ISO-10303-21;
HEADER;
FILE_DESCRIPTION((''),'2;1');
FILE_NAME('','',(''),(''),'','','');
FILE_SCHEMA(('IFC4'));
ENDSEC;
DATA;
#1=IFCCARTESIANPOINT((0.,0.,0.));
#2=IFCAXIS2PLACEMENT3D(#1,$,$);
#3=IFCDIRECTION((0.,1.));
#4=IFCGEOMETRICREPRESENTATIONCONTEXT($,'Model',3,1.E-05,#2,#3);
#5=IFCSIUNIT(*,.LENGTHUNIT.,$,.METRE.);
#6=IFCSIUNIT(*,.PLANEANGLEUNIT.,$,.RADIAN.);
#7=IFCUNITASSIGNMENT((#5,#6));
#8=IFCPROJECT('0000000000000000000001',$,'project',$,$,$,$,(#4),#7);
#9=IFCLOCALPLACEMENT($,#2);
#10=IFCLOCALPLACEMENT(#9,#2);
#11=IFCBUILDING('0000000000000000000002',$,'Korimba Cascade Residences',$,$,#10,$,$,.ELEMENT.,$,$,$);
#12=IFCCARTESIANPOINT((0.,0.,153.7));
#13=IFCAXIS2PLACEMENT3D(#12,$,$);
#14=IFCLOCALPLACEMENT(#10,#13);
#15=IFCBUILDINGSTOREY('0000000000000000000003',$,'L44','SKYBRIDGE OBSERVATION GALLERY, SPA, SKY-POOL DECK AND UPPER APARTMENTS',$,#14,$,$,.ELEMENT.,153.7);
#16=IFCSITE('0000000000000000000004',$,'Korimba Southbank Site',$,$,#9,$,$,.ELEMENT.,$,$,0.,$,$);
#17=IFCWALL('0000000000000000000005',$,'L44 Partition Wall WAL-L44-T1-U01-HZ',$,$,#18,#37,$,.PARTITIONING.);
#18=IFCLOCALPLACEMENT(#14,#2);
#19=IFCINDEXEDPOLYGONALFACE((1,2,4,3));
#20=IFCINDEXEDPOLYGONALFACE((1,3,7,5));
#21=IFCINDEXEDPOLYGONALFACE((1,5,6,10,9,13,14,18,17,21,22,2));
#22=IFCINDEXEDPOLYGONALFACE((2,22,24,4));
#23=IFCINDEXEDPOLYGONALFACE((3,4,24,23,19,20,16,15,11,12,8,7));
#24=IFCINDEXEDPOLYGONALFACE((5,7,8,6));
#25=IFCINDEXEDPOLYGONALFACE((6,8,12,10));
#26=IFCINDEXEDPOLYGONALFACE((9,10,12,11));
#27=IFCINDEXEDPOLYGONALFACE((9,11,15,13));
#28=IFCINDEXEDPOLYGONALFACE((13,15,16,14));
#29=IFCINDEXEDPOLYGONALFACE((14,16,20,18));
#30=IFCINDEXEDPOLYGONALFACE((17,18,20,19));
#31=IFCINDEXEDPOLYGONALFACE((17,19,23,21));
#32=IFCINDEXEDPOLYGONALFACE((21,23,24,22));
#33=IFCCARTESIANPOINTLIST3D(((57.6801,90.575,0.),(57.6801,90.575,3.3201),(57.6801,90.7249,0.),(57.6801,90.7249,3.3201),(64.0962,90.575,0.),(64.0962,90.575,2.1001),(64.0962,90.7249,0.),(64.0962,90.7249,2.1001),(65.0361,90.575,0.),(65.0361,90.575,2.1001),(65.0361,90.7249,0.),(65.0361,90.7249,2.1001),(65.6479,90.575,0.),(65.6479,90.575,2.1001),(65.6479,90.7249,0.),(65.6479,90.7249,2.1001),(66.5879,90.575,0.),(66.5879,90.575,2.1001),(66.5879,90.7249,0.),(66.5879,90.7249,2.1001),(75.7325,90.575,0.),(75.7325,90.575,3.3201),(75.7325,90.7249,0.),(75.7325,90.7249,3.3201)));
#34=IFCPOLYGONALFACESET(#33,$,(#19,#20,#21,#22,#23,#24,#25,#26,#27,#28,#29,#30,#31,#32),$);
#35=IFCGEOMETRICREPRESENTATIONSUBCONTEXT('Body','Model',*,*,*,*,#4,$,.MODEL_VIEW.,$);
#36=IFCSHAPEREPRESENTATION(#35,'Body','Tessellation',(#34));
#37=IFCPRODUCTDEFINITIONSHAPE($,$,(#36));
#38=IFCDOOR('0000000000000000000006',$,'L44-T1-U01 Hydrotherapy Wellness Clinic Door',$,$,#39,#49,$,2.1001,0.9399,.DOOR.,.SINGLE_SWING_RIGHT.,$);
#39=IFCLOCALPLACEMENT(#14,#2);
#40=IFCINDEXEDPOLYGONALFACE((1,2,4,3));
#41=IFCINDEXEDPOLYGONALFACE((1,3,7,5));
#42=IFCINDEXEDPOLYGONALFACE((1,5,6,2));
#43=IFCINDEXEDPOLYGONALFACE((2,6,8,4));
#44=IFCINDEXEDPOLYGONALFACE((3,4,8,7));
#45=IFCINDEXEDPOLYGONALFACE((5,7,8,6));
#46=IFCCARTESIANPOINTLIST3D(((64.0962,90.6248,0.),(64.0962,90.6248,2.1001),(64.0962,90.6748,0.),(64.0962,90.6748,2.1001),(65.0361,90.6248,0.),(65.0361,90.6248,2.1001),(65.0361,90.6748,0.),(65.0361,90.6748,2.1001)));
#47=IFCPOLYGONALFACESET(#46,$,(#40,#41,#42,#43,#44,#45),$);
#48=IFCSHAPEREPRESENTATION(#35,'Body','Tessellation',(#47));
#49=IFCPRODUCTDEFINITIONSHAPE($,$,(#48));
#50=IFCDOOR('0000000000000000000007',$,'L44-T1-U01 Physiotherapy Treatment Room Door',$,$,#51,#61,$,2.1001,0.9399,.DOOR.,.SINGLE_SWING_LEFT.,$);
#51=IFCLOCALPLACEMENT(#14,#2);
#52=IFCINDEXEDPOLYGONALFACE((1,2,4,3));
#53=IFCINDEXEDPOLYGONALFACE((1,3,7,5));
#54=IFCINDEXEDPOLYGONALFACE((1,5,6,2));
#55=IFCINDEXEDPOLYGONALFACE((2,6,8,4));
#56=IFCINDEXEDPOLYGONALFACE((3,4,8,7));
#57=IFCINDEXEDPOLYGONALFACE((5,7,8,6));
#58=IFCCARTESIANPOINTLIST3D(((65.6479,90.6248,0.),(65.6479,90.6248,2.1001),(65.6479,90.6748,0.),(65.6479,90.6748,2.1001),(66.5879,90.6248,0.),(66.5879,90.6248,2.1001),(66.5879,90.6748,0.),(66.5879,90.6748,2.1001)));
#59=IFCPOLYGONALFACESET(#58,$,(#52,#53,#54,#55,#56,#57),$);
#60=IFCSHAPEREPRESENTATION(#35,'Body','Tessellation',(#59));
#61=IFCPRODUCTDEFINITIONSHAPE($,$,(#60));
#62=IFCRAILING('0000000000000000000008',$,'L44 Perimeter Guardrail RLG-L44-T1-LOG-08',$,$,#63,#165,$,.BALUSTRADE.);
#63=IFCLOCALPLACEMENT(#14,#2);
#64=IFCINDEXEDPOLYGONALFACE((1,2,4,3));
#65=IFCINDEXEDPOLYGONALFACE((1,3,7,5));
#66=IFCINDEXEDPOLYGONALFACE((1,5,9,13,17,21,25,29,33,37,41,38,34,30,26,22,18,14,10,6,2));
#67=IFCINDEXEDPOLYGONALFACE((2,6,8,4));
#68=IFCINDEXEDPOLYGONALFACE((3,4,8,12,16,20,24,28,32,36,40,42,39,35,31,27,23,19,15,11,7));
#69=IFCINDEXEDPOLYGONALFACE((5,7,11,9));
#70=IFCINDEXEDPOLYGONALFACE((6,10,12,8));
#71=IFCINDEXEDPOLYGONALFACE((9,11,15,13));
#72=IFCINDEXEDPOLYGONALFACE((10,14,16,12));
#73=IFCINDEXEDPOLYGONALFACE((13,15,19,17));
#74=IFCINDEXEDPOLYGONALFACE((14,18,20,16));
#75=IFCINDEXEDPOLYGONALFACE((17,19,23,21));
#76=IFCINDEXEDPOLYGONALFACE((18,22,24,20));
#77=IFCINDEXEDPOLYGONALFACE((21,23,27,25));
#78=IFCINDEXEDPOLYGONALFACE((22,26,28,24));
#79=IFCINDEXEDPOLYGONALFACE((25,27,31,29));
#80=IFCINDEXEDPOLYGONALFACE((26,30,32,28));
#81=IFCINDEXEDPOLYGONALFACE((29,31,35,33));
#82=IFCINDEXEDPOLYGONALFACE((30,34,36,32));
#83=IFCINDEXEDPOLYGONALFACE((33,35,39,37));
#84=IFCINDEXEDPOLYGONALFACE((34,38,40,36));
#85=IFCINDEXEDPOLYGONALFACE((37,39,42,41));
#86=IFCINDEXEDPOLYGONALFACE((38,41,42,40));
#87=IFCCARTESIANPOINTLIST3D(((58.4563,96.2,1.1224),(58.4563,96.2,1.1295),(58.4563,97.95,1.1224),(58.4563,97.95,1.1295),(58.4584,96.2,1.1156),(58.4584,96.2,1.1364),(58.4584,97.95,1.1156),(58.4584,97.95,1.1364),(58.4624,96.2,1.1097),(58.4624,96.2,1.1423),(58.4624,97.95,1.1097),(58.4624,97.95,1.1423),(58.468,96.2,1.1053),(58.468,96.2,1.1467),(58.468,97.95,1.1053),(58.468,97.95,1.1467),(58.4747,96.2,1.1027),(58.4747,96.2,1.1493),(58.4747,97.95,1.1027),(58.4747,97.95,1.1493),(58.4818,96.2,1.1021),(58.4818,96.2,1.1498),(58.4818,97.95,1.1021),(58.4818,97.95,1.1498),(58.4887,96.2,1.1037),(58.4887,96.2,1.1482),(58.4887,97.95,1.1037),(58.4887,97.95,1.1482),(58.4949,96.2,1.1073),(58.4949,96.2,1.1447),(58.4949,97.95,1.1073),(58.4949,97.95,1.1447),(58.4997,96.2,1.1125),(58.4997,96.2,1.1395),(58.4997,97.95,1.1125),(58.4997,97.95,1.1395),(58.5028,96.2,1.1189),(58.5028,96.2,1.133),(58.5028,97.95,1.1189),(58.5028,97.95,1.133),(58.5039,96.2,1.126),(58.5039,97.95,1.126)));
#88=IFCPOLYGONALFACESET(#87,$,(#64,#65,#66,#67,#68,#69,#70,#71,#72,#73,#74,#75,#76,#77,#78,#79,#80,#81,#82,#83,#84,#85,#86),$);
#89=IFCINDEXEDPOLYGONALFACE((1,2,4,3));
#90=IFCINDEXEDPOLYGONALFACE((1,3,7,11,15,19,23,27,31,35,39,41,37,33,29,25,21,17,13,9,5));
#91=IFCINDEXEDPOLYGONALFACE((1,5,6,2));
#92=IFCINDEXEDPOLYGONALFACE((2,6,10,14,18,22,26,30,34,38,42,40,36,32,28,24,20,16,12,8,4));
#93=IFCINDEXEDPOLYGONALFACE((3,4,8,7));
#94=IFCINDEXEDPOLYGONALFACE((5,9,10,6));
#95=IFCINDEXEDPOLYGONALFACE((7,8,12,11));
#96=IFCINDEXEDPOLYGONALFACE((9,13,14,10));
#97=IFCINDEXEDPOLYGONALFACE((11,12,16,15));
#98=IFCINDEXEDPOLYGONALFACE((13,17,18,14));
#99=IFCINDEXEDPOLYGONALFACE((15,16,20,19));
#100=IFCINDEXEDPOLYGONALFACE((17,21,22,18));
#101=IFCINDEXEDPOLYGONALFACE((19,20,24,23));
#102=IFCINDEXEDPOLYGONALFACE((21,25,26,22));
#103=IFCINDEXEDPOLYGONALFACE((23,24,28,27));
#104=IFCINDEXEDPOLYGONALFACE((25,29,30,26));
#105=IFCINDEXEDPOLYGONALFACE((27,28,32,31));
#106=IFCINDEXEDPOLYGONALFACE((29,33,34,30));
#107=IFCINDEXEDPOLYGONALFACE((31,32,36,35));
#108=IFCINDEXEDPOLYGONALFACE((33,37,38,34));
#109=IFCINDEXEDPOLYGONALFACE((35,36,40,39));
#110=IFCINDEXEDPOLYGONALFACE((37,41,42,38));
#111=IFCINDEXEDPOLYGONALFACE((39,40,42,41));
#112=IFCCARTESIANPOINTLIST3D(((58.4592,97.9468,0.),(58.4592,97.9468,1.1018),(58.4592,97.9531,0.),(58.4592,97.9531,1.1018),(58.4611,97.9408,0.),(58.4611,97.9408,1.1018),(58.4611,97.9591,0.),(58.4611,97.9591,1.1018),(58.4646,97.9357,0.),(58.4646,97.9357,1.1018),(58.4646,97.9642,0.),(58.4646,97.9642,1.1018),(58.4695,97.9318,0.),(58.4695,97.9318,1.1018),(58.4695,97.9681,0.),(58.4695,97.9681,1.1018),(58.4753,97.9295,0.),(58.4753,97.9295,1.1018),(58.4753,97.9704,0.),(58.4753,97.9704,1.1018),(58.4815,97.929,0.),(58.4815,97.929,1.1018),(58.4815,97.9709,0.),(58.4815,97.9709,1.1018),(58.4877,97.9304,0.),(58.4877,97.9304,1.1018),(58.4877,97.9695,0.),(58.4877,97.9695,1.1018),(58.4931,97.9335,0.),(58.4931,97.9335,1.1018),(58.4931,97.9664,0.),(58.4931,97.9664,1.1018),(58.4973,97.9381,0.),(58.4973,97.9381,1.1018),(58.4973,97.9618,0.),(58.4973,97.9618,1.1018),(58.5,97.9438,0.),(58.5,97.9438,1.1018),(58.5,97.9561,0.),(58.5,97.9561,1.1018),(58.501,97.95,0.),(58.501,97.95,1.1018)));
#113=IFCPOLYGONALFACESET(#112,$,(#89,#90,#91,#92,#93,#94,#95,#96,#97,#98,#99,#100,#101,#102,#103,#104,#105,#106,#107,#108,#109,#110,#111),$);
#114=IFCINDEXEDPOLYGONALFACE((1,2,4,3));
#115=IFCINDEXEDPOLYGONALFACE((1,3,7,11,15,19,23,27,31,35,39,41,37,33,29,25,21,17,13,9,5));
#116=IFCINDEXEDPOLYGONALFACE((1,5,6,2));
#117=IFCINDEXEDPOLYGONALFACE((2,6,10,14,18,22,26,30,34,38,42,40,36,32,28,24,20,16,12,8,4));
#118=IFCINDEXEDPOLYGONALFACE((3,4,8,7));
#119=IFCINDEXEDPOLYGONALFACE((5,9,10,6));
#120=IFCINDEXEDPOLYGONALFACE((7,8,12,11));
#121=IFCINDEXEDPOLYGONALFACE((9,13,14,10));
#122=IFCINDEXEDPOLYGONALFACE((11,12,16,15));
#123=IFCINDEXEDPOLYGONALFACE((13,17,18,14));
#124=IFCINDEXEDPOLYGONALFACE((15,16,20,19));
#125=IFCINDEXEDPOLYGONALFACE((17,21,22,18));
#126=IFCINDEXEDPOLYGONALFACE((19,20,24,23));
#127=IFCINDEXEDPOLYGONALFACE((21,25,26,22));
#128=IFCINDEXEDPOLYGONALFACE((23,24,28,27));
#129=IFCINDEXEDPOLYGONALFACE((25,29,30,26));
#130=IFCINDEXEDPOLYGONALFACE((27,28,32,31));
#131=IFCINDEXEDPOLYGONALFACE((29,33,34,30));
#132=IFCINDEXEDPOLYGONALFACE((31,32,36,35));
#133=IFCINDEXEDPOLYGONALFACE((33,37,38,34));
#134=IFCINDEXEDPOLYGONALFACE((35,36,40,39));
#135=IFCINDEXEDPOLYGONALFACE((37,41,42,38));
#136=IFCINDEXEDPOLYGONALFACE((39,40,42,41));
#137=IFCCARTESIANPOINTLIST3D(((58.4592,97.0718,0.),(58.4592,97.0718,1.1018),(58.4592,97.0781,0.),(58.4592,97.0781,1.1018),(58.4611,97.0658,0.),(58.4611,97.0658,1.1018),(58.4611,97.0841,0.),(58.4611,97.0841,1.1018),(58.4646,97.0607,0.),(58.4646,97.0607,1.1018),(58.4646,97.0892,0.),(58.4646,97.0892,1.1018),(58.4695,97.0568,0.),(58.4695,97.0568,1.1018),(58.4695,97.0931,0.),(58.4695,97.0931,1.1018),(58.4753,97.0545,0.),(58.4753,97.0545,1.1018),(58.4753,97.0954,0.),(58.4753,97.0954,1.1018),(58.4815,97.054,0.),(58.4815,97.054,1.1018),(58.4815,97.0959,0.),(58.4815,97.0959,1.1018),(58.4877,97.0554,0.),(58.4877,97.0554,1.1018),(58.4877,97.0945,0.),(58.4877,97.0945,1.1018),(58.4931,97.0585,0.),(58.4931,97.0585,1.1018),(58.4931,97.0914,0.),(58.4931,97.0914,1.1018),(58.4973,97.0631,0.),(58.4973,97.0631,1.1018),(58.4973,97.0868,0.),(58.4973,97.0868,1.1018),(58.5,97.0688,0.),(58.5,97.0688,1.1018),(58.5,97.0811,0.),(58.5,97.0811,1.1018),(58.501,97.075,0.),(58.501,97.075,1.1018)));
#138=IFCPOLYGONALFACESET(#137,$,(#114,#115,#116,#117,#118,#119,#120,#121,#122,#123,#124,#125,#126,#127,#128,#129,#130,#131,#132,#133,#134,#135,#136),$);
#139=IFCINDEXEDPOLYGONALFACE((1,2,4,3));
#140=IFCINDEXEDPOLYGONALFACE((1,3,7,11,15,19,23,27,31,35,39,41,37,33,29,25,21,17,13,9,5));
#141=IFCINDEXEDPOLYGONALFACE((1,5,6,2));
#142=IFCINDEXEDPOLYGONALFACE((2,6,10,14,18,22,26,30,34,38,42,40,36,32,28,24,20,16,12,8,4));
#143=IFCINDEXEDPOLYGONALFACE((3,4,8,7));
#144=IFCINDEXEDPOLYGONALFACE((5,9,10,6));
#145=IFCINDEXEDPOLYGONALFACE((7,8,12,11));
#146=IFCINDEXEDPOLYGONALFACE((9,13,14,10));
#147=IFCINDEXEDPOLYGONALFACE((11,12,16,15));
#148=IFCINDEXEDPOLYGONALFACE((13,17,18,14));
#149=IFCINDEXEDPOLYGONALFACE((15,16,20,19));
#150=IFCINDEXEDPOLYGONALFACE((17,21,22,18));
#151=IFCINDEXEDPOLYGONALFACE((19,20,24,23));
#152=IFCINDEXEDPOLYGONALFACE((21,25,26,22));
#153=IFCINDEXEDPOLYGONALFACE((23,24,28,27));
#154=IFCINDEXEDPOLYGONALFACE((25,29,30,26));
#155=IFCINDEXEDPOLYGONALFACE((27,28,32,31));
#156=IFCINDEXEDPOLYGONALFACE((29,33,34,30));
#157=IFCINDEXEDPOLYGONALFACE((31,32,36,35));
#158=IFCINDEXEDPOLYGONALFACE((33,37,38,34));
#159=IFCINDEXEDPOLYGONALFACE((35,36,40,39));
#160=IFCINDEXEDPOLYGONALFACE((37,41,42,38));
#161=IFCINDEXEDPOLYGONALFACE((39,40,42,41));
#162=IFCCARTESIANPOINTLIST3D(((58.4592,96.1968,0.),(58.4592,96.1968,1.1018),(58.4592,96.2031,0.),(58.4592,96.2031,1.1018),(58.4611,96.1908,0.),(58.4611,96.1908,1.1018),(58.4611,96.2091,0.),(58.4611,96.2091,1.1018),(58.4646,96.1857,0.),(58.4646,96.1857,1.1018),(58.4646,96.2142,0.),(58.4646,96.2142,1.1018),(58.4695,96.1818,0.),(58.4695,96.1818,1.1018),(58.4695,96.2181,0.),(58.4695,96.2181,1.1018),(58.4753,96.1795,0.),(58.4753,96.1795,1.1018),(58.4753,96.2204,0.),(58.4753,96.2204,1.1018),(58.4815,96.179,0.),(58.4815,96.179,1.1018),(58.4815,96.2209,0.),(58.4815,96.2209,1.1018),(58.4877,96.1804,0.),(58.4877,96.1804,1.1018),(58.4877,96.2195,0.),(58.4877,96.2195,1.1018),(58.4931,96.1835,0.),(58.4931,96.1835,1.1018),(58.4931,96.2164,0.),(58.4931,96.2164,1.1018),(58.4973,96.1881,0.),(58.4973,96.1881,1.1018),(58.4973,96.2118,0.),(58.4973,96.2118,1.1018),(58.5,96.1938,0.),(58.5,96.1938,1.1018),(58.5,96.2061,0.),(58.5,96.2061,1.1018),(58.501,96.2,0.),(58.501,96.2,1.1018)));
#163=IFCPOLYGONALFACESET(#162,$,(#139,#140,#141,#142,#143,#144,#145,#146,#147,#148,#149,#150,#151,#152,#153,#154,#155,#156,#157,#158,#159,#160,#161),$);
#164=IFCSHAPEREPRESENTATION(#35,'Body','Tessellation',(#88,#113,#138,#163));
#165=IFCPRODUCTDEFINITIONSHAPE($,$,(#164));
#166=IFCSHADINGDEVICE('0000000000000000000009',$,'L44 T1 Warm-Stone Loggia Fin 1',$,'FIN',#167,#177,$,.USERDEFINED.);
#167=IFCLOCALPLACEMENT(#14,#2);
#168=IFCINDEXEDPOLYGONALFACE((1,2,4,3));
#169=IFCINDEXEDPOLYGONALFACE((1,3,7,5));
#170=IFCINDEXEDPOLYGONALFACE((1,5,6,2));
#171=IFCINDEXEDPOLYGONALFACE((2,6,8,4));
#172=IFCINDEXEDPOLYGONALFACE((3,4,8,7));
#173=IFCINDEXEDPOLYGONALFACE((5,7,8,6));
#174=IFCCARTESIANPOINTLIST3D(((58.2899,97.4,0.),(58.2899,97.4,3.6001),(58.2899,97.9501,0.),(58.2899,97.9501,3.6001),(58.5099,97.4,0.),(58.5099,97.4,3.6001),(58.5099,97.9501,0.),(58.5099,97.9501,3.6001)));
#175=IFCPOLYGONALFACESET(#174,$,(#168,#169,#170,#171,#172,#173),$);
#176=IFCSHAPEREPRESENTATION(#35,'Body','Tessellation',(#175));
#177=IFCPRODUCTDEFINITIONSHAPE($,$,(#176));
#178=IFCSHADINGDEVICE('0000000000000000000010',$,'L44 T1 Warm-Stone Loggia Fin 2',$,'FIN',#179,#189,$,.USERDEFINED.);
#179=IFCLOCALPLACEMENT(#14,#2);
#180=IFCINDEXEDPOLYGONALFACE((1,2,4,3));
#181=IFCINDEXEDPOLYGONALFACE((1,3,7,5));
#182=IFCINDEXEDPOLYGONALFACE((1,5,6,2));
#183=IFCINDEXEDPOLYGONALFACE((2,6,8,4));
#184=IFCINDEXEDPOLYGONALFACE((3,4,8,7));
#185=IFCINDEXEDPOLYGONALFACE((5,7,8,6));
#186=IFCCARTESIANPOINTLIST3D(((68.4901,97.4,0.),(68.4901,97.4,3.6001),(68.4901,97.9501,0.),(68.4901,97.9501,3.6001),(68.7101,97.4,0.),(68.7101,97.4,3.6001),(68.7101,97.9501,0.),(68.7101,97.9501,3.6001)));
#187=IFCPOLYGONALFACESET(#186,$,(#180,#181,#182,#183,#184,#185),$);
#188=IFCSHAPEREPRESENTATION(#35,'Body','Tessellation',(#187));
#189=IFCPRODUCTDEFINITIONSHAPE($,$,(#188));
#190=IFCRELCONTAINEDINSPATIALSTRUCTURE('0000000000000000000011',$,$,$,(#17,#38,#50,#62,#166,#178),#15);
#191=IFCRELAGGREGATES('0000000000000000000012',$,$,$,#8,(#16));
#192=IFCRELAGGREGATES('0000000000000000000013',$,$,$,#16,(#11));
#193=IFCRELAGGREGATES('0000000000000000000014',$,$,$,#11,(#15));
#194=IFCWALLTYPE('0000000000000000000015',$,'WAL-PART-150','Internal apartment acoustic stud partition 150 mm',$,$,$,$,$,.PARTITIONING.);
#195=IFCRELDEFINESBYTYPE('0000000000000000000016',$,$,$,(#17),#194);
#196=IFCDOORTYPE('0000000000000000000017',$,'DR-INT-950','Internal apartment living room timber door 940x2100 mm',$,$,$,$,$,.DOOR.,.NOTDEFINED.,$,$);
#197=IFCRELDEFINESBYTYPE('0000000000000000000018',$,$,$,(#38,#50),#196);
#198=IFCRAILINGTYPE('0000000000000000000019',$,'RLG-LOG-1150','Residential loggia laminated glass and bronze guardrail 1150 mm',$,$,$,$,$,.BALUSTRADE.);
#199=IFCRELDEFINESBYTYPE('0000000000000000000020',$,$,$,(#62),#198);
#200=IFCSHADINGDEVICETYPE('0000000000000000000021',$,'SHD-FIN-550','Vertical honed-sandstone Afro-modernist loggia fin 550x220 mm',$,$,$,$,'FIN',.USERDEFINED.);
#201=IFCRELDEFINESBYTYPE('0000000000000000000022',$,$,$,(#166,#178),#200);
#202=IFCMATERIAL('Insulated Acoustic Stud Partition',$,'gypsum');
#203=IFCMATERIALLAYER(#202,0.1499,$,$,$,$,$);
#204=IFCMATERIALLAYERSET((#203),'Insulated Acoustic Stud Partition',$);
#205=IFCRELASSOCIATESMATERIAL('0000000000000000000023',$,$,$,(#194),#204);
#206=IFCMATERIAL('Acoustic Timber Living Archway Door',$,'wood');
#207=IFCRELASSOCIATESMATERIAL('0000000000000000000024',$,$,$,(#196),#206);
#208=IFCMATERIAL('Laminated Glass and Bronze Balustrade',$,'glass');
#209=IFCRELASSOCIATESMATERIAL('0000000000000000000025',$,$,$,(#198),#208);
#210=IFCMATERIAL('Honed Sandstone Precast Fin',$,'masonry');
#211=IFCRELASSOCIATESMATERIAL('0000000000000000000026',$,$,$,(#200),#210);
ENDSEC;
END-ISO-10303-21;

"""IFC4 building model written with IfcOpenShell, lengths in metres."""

from ifc_helpers import new_model, si_unit, direction, frame, frame_2d, origin, origin_2d, place, context, subcontext, project, spatial, rectangle, circle, extrude, material, layer, layer_set, type_object, element, fill, save


model = new_model("IFC4")

# Units and contexts
model_context = context("Model", 3, precision=1e-05, world=origin(), true_north=direction((0.0, 1.0)))
body_context = subcontext(model_context, "Body", "Model", "MODEL_VIEW")
ifc_project = project(units=[si_unit("LENGTHUNIT", "METRE"), si_unit("PLANEANGLEUNIT", "RADIAN")], contexts=[model_context])

# Site, building, storey
site_placement = place(None, origin())
site = spatial("IfcSite", under=ifc_project, at=site_placement, Name="Korimba Southbank Site", CompositionType="ELEMENT", RefElevation=0.0)
building_placement = place(site_placement, origin())
building = spatial("IfcBuilding", under=site, at=building_placement, Name="Korimba Cascade Residences", CompositionType="ELEMENT")
storey_placement = place(building_placement, frame((0.0, 0.0, 153.7)))
storey = spatial("IfcBuildingStorey", under=building, at=storey_placement, Name="L44", Description="SKYBRIDGE OBSERVATION GALLERY, SPA, SKY-POOL DECK AND UPPER APARTMENTS", CompositionType="ELEMENT", Elevation=153.7)

# Shared definitions
ifc_material_1 = material(Name="Insulated Acoustic Stud Partition", Category="gypsum")
ifc_layer_1 = layer(ifc_material_1, 0.1499)
ifc_layer_set_1 = layer_set([ifc_layer_1], Name="Insulated Acoustic Stud Partition")
wall_type_1 = type_object("IfcWallType", Name="WAL-PART-150", Description="Internal apartment acoustic stud partition 150 mm", PredefinedType="PARTITIONING", material=ifc_layer_set_1)
ifc_material_2 = material(Name="Acoustic Timber Living Archway Door", Category="wood")
door_type = type_object("IfcDoorType", Name="DR-INT-950", Description="Internal apartment living room timber door 940x2100 mm", OperationType="NOTDEFINED", PredefinedType="DOOR", material=ifc_material_2)

# Wall, openings, doors
wall_1_placement = place(storey_placement, frame((57.6799, 90.6499, 0.0), z_axis=(0.0, 0.0, 1.0), x_axis=(1.0, 0.0, 0.0)))
wall_1 = element("IfcWall", 1, at=wall_1_placement, inside=storey, type_object=wall_type_1, Name="L44 Partition Wall WAL-L44-T1-U01-HZ", PredefinedType="PARTITIONING", context=body_context, shape_type="SweptSolid", body=[
    extrude(rectangle(XDim=18.0525, YDim=0.1499, at=frame_2d((9.0264, 0.0))), origin(), (0.0, 0.0, 1.0), 3.3201),
])
opening_1_placement = place(wall_1_placement, frame((6.4163, 0.0, 0.0)))
opening_1 = element("IfcOpeningElement", 2, at=opening_1_placement, cuts=wall_1, PredefinedType="OPENING", context=body_context, shape_type="SweptSolid", body=[
    extrude(rectangle(XDim=0.9399, YDim=2.1001, at=frame_2d((0.47, 1.05))), frame((0.0, 0.085, 0.0), z_axis=(0.0, -1.0, 0.0), x_axis=(1.0, 0.0, 0.0)), (0.0, 0.0, 1.0), 0.1699),
])
opening_2_placement = place(wall_1_placement, frame((7.968, 0.0, 0.0)))
opening_2 = element("IfcOpeningElement", 3, at=opening_2_placement, cuts=wall_1, PredefinedType="OPENING", context=body_context, shape_type="SweptSolid", body=[
    extrude(rectangle(XDim=0.9399, YDim=2.1001, at=frame_2d((0.47, 1.05))), frame((0.0, 0.085, 0.0), z_axis=(0.0, -1.0, 0.0), x_axis=(1.0, 0.0, 0.0)), (0.0, 0.0, 1.0), 0.1699),
])
door_1_placement = place(opening_1_placement, origin())
door_1 = element("IfcDoor", 4, at=door_1_placement, inside=storey, type_object=door_type, Name="L44-T1-U01 Hydrotherapy Wellness Clinic Door", OperationType="SINGLE_SWING_RIGHT", OverallHeight=2.1001, OverallWidth=0.9399, PredefinedType="DOOR", context=body_context, shape_type="SweptSolid", body=[
    extrude(rectangle(XDim=0.9399, YDim=2.1001, at=frame_2d((0.47, 1.05))), frame((0.0, 0.0249, 0.0), z_axis=(0.0, -1.0, 0.0), x_axis=(1.0, 0.0, 0.0)), (0.0, 0.0, 1.0), 0.05),
])
fill(opening_1, door_1)
door_2_placement = place(opening_2_placement, origin())
door_2 = element("IfcDoor", 5, at=door_2_placement, inside=storey, type_object=door_type, Name="L44-T1-U01 Physiotherapy Treatment Room Door", OperationType="SINGLE_SWING_LEFT", OverallHeight=2.1001, OverallWidth=0.9399, PredefinedType="DOOR", context=body_context, shape_type="SweptSolid", body=[
    extrude(rectangle(XDim=0.9399, YDim=2.1001, at=frame_2d((0.47, 1.05))), frame((0.0, 0.0249, 0.0), z_axis=(0.0, -1.0, 0.0), x_axis=(1.0, 0.0, 0.0)), (0.0, 0.0, 1.0), 0.05),
])
fill(opening_2, door_2)

# Railing
ifc_material_3 = material(Name="Laminated Glass and Bronze Balustrade", Category="glass")
railing_type = type_object("IfcRailingType", Name="RLG-LOG-1150", Description="Residential loggia laminated glass and bronze guardrail 1150 mm", PredefinedType="BALUSTRADE", material=ifc_material_3)
railing_1_placement = place(storey_placement, frame((58.48, 97.95, 0.0)))
element("IfcRailing", 6, at=railing_1_placement, inside=storey, type_object=railing_type, Name="L44 Perimeter Guardrail RLG-L44-T1-LOG-08", PredefinedType="BALUSTRADE", context=body_context, shape_type="SweptSolid", body=[
    extrude(circle(Radius=0.0239, at=origin_2d()), frame((0.0, 0.0, 1.126), z_axis=(0.0, -1.0, 0.0), x_axis=(1.0, 0.0, 0.0)), (0.0, 0.0, 1.0), 1.75),
    extrude(circle(Radius=0.021, at=origin_2d()), origin(), (0.0, 0.0, 1.0), 1.1018),
    extrude(circle(Radius=0.021, at=origin_2d()), frame((0.0, -0.875, 0.0)), (0.0, 0.0, 1.0), 1.1018),
    extrude(circle(Radius=0.021, at=origin_2d()), frame((0.0, -1.75, 0.0)), (0.0, 0.0, 1.0), 1.1018),
])

# Shading devices
ifc_material_4 = material(Name="Honed Sandstone Precast Fin", Category="masonry")
shading_device_type = type_object("IfcShadingDeviceType", Name="SHD-FIN-550", Description="Vertical honed-sandstone Afro-modernist loggia fin 550x220 mm", ElementType="FIN", PredefinedType="USERDEFINED", material=ifc_material_4)
for number, where, z_axis, x_axis, name in (
    (7, (58.3999, 97.675, 0.0), (0.0, 0.0, 1.0), (1.0, 0.0, 0.0), "L44 T1 Warm-Stone Loggia Fin 1"),
    (8, (68.6001, 97.675, 0.0), (0.0, 0.0, 1.0), (1.0, 0.0, 0.0), "L44 T1 Warm-Stone Loggia Fin 2"),
):
    element("IfcShadingDevice", number, at=place(storey_placement, frame(where, z_axis=z_axis, x_axis=x_axis)), inside=storey, type_object=shading_device_type, Name=name, ObjectType="FIN", PredefinedType="USERDEFINED", context=body_context, shape_type="SweptSolid", body=[
        extrude(rectangle(XDim=0.22, YDim=0.55, at=origin_2d()), origin(), (0.0, 0.0, 1.0), 3.6001),
    ])

save(model, "model.ifc")
